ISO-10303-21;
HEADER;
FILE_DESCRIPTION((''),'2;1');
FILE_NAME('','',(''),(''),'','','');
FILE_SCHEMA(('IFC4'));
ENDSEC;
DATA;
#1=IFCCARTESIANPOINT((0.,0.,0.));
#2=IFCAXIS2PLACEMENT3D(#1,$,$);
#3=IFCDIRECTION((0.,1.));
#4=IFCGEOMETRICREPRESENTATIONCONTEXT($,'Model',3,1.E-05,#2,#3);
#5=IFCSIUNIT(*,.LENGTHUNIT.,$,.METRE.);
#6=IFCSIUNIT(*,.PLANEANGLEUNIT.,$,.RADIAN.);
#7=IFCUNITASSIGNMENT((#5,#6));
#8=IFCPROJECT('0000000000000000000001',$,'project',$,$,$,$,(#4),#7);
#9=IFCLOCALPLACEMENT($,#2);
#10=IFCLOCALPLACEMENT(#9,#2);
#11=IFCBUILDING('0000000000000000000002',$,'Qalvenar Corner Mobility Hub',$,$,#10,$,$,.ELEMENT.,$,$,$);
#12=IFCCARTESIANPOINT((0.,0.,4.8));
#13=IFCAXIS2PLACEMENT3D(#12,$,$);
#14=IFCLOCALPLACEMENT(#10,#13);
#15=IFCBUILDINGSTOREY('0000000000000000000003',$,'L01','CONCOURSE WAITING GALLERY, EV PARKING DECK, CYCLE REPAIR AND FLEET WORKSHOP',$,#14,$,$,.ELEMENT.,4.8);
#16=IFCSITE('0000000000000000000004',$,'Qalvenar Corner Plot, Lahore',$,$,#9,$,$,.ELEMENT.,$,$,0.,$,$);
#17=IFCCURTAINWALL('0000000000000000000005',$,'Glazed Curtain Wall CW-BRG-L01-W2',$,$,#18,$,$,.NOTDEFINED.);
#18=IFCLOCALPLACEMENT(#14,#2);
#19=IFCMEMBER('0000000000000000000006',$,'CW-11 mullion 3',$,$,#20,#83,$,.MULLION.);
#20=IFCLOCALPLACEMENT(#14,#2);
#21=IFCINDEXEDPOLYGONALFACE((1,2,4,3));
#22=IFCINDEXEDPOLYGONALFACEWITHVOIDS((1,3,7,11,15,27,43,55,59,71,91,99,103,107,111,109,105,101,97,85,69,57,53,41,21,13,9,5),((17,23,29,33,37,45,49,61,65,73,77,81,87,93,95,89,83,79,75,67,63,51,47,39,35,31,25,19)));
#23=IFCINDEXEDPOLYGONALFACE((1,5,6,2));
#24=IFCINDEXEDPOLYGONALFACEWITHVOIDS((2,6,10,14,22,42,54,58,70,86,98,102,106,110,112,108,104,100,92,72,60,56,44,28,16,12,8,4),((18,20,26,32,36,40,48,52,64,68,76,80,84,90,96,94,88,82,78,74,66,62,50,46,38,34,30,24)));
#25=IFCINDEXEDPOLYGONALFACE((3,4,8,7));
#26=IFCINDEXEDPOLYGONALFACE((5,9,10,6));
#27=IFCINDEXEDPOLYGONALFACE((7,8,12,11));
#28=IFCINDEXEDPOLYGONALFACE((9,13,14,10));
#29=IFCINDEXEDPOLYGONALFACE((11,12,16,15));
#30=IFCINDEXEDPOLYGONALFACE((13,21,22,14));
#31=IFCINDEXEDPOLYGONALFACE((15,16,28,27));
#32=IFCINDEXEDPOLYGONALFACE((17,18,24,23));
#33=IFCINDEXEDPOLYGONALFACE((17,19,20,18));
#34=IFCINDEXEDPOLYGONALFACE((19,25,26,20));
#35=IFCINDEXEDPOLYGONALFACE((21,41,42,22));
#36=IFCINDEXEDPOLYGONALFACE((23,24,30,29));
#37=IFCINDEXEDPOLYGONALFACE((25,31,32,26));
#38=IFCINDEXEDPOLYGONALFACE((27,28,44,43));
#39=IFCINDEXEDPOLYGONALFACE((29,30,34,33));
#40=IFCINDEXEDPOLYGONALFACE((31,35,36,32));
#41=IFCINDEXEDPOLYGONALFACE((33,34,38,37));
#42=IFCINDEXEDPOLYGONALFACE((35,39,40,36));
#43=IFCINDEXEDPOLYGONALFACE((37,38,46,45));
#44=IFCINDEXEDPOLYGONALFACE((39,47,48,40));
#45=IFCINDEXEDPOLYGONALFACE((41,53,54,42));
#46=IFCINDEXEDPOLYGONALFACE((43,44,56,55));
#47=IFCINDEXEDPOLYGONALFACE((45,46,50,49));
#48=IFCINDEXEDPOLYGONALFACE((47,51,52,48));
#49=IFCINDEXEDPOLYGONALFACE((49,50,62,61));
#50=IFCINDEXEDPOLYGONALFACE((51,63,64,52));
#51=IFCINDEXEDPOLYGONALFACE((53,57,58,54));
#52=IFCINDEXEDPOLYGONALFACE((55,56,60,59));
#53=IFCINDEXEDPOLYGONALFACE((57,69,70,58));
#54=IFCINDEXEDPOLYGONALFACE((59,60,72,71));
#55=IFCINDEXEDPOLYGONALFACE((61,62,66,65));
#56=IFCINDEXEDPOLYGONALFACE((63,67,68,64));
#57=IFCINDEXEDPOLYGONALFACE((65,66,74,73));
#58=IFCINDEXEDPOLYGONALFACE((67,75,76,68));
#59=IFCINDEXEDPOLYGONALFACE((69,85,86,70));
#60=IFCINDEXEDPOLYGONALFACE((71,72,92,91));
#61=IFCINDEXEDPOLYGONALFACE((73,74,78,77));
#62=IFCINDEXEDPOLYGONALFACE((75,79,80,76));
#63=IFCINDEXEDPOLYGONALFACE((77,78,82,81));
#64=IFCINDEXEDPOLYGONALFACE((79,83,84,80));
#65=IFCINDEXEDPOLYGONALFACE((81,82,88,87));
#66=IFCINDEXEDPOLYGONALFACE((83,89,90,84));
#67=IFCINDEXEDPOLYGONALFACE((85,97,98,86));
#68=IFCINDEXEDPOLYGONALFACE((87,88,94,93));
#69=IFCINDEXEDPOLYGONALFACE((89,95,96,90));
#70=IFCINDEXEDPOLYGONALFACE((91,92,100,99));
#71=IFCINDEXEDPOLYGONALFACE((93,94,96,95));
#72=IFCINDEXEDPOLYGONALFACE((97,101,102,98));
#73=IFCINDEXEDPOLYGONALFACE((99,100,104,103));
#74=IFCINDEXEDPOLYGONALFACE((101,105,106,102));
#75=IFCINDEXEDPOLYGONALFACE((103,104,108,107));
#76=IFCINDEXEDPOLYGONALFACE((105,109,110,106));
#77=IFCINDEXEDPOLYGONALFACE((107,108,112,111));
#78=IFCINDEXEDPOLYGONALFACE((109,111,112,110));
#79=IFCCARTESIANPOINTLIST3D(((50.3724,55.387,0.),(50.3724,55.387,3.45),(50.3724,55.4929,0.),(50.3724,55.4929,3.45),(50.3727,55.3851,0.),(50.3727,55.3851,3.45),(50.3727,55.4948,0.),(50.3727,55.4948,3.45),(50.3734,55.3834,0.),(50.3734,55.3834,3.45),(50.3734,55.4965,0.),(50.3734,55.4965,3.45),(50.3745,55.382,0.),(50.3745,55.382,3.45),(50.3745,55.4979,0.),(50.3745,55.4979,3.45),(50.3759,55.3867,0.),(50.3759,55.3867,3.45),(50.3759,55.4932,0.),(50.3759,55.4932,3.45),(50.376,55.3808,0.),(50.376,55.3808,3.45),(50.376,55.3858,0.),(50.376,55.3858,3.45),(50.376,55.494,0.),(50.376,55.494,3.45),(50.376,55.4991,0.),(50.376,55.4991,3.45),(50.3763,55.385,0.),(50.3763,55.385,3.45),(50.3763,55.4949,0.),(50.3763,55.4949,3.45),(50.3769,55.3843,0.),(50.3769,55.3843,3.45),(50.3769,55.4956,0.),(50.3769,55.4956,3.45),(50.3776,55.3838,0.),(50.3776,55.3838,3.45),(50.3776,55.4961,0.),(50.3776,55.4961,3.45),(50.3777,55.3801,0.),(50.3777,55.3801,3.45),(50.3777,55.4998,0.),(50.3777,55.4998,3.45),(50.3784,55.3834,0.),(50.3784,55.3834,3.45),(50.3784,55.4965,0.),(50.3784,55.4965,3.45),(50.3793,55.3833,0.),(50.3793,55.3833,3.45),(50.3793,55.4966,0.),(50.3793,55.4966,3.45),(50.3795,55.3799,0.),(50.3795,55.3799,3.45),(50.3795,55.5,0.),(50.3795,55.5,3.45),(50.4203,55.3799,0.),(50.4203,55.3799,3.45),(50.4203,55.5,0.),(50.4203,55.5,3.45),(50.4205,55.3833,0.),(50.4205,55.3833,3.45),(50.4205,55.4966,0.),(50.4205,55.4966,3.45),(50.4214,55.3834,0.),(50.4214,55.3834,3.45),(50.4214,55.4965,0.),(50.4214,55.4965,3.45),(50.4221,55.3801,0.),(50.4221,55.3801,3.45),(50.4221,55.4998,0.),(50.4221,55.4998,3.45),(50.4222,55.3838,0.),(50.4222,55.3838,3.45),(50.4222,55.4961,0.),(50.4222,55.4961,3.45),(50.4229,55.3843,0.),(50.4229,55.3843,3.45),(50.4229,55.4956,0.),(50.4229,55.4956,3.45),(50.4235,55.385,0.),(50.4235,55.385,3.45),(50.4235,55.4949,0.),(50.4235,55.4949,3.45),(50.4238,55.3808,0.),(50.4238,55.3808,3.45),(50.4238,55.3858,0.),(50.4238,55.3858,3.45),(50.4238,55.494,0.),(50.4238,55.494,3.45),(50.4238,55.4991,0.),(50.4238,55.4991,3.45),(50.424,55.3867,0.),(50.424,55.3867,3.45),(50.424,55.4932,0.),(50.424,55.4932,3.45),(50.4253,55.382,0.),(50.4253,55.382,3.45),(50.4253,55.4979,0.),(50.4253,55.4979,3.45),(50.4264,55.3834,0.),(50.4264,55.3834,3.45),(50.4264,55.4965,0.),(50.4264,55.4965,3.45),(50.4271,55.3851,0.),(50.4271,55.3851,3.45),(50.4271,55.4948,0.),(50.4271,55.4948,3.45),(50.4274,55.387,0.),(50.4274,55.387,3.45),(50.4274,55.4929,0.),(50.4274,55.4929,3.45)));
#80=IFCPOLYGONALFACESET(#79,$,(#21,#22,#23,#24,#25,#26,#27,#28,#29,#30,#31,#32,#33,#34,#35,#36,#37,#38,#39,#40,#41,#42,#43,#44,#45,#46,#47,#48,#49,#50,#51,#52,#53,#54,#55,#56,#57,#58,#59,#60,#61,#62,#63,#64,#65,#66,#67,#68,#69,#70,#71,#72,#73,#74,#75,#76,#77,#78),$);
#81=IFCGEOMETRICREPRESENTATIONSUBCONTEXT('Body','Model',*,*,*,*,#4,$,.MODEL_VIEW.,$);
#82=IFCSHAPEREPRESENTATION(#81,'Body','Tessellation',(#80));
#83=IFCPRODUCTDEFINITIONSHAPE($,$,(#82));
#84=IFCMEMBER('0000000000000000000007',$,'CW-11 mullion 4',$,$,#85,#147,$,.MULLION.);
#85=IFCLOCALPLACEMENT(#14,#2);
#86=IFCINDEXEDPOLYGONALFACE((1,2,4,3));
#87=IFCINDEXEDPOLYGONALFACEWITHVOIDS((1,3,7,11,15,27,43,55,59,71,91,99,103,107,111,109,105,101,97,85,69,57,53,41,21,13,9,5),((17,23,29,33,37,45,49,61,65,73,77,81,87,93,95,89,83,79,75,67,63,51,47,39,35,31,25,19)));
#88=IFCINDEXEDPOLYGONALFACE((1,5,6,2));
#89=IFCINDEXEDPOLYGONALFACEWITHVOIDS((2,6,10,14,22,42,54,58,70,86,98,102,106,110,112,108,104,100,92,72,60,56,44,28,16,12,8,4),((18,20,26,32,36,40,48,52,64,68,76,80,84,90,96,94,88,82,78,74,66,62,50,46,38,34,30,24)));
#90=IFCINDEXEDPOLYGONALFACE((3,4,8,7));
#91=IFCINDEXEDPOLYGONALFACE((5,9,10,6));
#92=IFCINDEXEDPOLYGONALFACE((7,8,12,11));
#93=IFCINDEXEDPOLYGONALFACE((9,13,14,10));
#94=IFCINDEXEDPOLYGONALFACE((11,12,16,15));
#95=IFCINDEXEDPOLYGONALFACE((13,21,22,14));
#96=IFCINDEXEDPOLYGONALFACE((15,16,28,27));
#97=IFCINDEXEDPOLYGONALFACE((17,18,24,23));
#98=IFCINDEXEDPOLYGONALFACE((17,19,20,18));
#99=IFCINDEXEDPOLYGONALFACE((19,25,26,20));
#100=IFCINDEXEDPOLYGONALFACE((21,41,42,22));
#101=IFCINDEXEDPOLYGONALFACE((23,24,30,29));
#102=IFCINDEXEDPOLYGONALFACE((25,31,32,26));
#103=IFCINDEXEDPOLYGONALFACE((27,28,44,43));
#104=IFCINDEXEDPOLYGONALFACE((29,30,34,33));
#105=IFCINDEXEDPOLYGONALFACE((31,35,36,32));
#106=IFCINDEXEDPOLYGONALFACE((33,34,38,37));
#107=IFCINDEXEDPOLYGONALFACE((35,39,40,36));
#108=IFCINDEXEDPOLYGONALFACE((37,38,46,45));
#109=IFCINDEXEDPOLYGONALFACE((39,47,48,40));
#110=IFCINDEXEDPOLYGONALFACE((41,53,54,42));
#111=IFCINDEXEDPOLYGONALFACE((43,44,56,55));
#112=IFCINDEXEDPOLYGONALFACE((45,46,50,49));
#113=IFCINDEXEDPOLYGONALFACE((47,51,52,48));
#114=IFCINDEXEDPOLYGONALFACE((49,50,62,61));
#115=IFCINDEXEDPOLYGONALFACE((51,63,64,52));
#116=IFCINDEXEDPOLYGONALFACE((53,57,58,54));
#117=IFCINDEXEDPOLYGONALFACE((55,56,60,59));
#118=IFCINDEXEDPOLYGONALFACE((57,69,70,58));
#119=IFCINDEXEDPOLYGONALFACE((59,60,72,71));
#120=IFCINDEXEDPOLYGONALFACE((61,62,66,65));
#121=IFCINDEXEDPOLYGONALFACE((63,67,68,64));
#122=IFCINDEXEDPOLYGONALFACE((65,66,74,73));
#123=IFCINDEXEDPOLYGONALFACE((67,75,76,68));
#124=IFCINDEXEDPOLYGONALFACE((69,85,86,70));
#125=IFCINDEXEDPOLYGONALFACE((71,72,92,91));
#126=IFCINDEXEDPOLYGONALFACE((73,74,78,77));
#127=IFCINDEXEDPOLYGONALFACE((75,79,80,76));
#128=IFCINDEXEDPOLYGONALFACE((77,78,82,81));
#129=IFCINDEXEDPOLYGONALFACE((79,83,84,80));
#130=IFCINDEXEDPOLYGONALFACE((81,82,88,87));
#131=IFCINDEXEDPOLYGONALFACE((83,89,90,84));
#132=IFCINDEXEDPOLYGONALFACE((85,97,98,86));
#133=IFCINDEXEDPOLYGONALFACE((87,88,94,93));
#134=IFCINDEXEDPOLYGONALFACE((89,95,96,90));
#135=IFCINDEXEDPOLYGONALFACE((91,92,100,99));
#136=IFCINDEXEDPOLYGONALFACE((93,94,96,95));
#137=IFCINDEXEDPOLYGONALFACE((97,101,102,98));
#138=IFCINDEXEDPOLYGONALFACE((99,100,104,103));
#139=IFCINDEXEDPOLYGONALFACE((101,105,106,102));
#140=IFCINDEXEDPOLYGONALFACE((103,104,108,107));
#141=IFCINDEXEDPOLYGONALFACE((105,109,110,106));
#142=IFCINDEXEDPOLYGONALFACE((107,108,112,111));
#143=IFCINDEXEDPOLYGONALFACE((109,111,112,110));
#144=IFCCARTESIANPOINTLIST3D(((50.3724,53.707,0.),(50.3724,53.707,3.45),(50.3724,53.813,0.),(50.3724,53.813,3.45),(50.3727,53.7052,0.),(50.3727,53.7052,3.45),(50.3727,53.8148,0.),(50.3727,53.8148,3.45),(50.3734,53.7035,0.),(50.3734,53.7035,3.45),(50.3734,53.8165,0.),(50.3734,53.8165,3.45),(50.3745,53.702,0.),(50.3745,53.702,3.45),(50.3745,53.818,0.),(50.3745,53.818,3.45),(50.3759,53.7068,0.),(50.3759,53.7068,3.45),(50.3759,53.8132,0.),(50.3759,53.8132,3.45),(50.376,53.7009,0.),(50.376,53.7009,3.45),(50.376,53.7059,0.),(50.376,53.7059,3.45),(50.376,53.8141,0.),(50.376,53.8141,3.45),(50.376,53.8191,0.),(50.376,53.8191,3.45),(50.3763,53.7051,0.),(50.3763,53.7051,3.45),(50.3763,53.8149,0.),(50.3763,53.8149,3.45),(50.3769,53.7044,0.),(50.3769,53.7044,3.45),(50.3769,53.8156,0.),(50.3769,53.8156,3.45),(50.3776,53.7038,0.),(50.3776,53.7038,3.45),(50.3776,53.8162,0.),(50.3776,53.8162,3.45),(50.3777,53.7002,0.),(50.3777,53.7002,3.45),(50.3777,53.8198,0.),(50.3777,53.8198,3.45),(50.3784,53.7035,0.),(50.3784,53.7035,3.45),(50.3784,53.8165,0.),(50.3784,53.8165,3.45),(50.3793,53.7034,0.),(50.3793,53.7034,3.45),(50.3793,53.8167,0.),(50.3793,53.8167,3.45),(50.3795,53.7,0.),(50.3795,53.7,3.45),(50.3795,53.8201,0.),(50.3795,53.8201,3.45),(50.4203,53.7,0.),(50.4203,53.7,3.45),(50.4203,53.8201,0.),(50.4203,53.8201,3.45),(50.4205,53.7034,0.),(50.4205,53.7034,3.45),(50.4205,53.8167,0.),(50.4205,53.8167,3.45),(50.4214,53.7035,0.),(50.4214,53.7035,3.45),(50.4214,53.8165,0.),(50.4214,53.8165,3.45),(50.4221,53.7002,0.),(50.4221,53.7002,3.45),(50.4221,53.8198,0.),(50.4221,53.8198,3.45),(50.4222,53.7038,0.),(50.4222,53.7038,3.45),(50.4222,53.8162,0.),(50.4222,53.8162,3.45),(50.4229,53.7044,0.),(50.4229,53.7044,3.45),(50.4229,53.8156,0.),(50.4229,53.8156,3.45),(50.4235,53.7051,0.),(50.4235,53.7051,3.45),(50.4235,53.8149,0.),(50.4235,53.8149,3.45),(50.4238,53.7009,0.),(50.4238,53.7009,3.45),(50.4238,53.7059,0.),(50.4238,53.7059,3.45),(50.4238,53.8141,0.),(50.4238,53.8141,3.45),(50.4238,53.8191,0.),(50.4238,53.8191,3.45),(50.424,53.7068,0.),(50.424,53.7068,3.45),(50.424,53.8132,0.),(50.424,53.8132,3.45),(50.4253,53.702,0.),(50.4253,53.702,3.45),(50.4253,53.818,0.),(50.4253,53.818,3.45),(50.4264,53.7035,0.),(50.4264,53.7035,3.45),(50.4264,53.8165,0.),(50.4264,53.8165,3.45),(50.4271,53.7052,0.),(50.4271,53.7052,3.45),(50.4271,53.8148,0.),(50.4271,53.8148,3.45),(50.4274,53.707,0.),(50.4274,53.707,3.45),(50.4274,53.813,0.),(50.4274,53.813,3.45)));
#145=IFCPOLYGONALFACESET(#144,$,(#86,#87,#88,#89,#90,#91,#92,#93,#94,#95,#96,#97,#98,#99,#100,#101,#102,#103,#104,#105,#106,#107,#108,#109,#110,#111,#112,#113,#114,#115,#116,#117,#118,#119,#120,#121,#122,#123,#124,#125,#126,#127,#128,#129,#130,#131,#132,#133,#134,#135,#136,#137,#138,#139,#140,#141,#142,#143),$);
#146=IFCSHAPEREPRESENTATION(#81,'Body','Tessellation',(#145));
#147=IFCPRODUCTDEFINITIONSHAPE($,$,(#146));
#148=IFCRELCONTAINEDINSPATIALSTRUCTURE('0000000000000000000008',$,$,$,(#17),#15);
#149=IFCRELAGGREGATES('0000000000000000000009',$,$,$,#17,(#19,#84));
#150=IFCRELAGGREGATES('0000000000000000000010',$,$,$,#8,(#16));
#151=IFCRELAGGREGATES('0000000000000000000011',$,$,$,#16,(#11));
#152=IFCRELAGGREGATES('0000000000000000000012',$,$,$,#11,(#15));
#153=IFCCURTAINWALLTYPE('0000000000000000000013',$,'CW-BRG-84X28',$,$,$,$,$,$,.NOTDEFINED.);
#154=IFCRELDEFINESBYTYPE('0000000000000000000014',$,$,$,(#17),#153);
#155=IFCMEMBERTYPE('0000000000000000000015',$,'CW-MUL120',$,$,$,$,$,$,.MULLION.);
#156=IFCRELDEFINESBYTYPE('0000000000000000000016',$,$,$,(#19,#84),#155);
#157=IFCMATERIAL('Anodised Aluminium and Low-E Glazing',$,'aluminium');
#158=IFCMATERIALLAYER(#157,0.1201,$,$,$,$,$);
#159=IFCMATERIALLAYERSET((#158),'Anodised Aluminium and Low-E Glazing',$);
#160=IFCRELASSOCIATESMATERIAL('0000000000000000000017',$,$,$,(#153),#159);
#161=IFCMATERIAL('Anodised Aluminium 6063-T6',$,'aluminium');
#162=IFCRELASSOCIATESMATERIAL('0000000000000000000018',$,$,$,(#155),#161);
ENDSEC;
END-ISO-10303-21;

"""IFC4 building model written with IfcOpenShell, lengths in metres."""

from ifc_helpers import new_model, si_unit, direction, frame, origin, origin_2d, place, context, subcontext, project, spatial, hollow_rectangle, extrude, material, layer, layer_set, material_profile, profile_set, type_object, element, aggregate, save


model = new_model("IFC4")

# Units and contexts
model_context = context("Model", 3, precision=1e-05, world=origin(), true_north=direction((0.0, 1.0)))
body_context = subcontext(model_context, "Body", "Model", "MODEL_VIEW")
ifc_project = project(units=[si_unit("LENGTHUNIT", "METRE"), si_unit("PLANEANGLEUNIT", "RADIAN")], contexts=[model_context])

# Site, building, storey
site_placement = place(None, origin())
site = spatial("IfcSite", under=ifc_project, at=site_placement, Name="Qalvenar Corner Plot, Lahore", CompositionType="ELEMENT", RefElevation=0.0)
building_placement = place(site_placement, origin())
building = spatial("IfcBuilding", under=site, at=building_placement, Name="Qalvenar Corner Mobility Hub", CompositionType="ELEMENT")
storey_placement = place(building_placement, frame((0.0, 0.0, 4.8)))
storey = spatial("IfcBuildingStorey", under=building, at=storey_placement, Name="L01", Description="CONCOURSE WAITING GALLERY, EV PARKING DECK, CYCLE REPAIR AND FLEET WORKSHOP", CompositionType="ELEMENT", Elevation=4.8)

# Curtain wall, members
ifc_material_1 = material(Name="Anodised Aluminium and Low-E Glazing", Category="aluminium")
ifc_layer_1 = layer(ifc_material_1, 0.1201)
ifc_layer_set_1 = layer_set([ifc_layer_1], Name="Anodised Aluminium and Low-E Glazing")
curtain_wall_type = type_object("IfcCurtainWallType", Name="CW-BRG-84X28", PredefinedType="NOTDEFINED", material=ifc_layer_set_1)
curtain_wall_placement = place(storey_placement, origin())
curtain_wall = element("IfcCurtainWall", 1, at=curtain_wall_placement, inside=storey, type_object=curtain_wall_type, Name="Glazed Curtain Wall CW-BRG-L01-W2", PredefinedType="NOTDEFINED")
ifc_material_2 = material(Name="Anodised Aluminium 6063-T6", Category="aluminium")
ifc_material_profile_1 = material_profile(ifc_material_2, hollow_rectangle(XDim=0.0549, YDim=0.1201, WallThickness=0.0034, InnerFilletRadius=0.0034, OuterFilletRadius=0.0071, at=origin_2d()), Name="RHS120x55x3.5")
ifc_profile_set_1 = profile_set([ifc_material_profile_1], Name="Anodised Aluminium 6063-T6")
member_type_1 = type_object("IfcMemberType", Name="CW-MUL120", PredefinedType="MULLION", material=ifc_profile_set_1)
member_1_placement = place(storey_placement, frame((50.3999, 55.4399, 0.0), z_axis=(0.0, 0.0, 1.0), x_axis=(1.0, 0.0, 0.0)))
member_1 = element("IfcMember", 2, at=member_1_placement, type_object=member_type_1, Name="CW-11 mullion 3", PredefinedType="MULLION", context=body_context, shape_type="SweptSolid", body=[
    extrude(hollow_rectangle(XDim=0.0549, YDim=0.1201, WallThickness=0.0034, InnerFilletRadius=0.0034, OuterFilletRadius=0.0071, at=origin_2d()), origin(), (0.0, 0.0, 1.0), 3.45),
])
member_2_placement = place(storey_placement, frame((50.3999, 53.76, 0.0), z_axis=(0.0, 0.0, 1.0), x_axis=(1.0, 0.0, 0.0)))
member_2 = element("IfcMember", 3, at=member_2_placement, type_object=member_type_1, Name="CW-11 mullion 4", PredefinedType="MULLION", context=body_context, shape_type="SweptSolid", body=[
    extrude(hollow_rectangle(XDim=0.0549, YDim=0.1201, WallThickness=0.0034, InnerFilletRadius=0.0034, OuterFilletRadius=0.0071, at=origin_2d()), origin(), (0.0, 0.0, 1.0), 3.45),
])
aggregate(curtain_wall, [member_1, member_2])

save(model, "model.ifc")
